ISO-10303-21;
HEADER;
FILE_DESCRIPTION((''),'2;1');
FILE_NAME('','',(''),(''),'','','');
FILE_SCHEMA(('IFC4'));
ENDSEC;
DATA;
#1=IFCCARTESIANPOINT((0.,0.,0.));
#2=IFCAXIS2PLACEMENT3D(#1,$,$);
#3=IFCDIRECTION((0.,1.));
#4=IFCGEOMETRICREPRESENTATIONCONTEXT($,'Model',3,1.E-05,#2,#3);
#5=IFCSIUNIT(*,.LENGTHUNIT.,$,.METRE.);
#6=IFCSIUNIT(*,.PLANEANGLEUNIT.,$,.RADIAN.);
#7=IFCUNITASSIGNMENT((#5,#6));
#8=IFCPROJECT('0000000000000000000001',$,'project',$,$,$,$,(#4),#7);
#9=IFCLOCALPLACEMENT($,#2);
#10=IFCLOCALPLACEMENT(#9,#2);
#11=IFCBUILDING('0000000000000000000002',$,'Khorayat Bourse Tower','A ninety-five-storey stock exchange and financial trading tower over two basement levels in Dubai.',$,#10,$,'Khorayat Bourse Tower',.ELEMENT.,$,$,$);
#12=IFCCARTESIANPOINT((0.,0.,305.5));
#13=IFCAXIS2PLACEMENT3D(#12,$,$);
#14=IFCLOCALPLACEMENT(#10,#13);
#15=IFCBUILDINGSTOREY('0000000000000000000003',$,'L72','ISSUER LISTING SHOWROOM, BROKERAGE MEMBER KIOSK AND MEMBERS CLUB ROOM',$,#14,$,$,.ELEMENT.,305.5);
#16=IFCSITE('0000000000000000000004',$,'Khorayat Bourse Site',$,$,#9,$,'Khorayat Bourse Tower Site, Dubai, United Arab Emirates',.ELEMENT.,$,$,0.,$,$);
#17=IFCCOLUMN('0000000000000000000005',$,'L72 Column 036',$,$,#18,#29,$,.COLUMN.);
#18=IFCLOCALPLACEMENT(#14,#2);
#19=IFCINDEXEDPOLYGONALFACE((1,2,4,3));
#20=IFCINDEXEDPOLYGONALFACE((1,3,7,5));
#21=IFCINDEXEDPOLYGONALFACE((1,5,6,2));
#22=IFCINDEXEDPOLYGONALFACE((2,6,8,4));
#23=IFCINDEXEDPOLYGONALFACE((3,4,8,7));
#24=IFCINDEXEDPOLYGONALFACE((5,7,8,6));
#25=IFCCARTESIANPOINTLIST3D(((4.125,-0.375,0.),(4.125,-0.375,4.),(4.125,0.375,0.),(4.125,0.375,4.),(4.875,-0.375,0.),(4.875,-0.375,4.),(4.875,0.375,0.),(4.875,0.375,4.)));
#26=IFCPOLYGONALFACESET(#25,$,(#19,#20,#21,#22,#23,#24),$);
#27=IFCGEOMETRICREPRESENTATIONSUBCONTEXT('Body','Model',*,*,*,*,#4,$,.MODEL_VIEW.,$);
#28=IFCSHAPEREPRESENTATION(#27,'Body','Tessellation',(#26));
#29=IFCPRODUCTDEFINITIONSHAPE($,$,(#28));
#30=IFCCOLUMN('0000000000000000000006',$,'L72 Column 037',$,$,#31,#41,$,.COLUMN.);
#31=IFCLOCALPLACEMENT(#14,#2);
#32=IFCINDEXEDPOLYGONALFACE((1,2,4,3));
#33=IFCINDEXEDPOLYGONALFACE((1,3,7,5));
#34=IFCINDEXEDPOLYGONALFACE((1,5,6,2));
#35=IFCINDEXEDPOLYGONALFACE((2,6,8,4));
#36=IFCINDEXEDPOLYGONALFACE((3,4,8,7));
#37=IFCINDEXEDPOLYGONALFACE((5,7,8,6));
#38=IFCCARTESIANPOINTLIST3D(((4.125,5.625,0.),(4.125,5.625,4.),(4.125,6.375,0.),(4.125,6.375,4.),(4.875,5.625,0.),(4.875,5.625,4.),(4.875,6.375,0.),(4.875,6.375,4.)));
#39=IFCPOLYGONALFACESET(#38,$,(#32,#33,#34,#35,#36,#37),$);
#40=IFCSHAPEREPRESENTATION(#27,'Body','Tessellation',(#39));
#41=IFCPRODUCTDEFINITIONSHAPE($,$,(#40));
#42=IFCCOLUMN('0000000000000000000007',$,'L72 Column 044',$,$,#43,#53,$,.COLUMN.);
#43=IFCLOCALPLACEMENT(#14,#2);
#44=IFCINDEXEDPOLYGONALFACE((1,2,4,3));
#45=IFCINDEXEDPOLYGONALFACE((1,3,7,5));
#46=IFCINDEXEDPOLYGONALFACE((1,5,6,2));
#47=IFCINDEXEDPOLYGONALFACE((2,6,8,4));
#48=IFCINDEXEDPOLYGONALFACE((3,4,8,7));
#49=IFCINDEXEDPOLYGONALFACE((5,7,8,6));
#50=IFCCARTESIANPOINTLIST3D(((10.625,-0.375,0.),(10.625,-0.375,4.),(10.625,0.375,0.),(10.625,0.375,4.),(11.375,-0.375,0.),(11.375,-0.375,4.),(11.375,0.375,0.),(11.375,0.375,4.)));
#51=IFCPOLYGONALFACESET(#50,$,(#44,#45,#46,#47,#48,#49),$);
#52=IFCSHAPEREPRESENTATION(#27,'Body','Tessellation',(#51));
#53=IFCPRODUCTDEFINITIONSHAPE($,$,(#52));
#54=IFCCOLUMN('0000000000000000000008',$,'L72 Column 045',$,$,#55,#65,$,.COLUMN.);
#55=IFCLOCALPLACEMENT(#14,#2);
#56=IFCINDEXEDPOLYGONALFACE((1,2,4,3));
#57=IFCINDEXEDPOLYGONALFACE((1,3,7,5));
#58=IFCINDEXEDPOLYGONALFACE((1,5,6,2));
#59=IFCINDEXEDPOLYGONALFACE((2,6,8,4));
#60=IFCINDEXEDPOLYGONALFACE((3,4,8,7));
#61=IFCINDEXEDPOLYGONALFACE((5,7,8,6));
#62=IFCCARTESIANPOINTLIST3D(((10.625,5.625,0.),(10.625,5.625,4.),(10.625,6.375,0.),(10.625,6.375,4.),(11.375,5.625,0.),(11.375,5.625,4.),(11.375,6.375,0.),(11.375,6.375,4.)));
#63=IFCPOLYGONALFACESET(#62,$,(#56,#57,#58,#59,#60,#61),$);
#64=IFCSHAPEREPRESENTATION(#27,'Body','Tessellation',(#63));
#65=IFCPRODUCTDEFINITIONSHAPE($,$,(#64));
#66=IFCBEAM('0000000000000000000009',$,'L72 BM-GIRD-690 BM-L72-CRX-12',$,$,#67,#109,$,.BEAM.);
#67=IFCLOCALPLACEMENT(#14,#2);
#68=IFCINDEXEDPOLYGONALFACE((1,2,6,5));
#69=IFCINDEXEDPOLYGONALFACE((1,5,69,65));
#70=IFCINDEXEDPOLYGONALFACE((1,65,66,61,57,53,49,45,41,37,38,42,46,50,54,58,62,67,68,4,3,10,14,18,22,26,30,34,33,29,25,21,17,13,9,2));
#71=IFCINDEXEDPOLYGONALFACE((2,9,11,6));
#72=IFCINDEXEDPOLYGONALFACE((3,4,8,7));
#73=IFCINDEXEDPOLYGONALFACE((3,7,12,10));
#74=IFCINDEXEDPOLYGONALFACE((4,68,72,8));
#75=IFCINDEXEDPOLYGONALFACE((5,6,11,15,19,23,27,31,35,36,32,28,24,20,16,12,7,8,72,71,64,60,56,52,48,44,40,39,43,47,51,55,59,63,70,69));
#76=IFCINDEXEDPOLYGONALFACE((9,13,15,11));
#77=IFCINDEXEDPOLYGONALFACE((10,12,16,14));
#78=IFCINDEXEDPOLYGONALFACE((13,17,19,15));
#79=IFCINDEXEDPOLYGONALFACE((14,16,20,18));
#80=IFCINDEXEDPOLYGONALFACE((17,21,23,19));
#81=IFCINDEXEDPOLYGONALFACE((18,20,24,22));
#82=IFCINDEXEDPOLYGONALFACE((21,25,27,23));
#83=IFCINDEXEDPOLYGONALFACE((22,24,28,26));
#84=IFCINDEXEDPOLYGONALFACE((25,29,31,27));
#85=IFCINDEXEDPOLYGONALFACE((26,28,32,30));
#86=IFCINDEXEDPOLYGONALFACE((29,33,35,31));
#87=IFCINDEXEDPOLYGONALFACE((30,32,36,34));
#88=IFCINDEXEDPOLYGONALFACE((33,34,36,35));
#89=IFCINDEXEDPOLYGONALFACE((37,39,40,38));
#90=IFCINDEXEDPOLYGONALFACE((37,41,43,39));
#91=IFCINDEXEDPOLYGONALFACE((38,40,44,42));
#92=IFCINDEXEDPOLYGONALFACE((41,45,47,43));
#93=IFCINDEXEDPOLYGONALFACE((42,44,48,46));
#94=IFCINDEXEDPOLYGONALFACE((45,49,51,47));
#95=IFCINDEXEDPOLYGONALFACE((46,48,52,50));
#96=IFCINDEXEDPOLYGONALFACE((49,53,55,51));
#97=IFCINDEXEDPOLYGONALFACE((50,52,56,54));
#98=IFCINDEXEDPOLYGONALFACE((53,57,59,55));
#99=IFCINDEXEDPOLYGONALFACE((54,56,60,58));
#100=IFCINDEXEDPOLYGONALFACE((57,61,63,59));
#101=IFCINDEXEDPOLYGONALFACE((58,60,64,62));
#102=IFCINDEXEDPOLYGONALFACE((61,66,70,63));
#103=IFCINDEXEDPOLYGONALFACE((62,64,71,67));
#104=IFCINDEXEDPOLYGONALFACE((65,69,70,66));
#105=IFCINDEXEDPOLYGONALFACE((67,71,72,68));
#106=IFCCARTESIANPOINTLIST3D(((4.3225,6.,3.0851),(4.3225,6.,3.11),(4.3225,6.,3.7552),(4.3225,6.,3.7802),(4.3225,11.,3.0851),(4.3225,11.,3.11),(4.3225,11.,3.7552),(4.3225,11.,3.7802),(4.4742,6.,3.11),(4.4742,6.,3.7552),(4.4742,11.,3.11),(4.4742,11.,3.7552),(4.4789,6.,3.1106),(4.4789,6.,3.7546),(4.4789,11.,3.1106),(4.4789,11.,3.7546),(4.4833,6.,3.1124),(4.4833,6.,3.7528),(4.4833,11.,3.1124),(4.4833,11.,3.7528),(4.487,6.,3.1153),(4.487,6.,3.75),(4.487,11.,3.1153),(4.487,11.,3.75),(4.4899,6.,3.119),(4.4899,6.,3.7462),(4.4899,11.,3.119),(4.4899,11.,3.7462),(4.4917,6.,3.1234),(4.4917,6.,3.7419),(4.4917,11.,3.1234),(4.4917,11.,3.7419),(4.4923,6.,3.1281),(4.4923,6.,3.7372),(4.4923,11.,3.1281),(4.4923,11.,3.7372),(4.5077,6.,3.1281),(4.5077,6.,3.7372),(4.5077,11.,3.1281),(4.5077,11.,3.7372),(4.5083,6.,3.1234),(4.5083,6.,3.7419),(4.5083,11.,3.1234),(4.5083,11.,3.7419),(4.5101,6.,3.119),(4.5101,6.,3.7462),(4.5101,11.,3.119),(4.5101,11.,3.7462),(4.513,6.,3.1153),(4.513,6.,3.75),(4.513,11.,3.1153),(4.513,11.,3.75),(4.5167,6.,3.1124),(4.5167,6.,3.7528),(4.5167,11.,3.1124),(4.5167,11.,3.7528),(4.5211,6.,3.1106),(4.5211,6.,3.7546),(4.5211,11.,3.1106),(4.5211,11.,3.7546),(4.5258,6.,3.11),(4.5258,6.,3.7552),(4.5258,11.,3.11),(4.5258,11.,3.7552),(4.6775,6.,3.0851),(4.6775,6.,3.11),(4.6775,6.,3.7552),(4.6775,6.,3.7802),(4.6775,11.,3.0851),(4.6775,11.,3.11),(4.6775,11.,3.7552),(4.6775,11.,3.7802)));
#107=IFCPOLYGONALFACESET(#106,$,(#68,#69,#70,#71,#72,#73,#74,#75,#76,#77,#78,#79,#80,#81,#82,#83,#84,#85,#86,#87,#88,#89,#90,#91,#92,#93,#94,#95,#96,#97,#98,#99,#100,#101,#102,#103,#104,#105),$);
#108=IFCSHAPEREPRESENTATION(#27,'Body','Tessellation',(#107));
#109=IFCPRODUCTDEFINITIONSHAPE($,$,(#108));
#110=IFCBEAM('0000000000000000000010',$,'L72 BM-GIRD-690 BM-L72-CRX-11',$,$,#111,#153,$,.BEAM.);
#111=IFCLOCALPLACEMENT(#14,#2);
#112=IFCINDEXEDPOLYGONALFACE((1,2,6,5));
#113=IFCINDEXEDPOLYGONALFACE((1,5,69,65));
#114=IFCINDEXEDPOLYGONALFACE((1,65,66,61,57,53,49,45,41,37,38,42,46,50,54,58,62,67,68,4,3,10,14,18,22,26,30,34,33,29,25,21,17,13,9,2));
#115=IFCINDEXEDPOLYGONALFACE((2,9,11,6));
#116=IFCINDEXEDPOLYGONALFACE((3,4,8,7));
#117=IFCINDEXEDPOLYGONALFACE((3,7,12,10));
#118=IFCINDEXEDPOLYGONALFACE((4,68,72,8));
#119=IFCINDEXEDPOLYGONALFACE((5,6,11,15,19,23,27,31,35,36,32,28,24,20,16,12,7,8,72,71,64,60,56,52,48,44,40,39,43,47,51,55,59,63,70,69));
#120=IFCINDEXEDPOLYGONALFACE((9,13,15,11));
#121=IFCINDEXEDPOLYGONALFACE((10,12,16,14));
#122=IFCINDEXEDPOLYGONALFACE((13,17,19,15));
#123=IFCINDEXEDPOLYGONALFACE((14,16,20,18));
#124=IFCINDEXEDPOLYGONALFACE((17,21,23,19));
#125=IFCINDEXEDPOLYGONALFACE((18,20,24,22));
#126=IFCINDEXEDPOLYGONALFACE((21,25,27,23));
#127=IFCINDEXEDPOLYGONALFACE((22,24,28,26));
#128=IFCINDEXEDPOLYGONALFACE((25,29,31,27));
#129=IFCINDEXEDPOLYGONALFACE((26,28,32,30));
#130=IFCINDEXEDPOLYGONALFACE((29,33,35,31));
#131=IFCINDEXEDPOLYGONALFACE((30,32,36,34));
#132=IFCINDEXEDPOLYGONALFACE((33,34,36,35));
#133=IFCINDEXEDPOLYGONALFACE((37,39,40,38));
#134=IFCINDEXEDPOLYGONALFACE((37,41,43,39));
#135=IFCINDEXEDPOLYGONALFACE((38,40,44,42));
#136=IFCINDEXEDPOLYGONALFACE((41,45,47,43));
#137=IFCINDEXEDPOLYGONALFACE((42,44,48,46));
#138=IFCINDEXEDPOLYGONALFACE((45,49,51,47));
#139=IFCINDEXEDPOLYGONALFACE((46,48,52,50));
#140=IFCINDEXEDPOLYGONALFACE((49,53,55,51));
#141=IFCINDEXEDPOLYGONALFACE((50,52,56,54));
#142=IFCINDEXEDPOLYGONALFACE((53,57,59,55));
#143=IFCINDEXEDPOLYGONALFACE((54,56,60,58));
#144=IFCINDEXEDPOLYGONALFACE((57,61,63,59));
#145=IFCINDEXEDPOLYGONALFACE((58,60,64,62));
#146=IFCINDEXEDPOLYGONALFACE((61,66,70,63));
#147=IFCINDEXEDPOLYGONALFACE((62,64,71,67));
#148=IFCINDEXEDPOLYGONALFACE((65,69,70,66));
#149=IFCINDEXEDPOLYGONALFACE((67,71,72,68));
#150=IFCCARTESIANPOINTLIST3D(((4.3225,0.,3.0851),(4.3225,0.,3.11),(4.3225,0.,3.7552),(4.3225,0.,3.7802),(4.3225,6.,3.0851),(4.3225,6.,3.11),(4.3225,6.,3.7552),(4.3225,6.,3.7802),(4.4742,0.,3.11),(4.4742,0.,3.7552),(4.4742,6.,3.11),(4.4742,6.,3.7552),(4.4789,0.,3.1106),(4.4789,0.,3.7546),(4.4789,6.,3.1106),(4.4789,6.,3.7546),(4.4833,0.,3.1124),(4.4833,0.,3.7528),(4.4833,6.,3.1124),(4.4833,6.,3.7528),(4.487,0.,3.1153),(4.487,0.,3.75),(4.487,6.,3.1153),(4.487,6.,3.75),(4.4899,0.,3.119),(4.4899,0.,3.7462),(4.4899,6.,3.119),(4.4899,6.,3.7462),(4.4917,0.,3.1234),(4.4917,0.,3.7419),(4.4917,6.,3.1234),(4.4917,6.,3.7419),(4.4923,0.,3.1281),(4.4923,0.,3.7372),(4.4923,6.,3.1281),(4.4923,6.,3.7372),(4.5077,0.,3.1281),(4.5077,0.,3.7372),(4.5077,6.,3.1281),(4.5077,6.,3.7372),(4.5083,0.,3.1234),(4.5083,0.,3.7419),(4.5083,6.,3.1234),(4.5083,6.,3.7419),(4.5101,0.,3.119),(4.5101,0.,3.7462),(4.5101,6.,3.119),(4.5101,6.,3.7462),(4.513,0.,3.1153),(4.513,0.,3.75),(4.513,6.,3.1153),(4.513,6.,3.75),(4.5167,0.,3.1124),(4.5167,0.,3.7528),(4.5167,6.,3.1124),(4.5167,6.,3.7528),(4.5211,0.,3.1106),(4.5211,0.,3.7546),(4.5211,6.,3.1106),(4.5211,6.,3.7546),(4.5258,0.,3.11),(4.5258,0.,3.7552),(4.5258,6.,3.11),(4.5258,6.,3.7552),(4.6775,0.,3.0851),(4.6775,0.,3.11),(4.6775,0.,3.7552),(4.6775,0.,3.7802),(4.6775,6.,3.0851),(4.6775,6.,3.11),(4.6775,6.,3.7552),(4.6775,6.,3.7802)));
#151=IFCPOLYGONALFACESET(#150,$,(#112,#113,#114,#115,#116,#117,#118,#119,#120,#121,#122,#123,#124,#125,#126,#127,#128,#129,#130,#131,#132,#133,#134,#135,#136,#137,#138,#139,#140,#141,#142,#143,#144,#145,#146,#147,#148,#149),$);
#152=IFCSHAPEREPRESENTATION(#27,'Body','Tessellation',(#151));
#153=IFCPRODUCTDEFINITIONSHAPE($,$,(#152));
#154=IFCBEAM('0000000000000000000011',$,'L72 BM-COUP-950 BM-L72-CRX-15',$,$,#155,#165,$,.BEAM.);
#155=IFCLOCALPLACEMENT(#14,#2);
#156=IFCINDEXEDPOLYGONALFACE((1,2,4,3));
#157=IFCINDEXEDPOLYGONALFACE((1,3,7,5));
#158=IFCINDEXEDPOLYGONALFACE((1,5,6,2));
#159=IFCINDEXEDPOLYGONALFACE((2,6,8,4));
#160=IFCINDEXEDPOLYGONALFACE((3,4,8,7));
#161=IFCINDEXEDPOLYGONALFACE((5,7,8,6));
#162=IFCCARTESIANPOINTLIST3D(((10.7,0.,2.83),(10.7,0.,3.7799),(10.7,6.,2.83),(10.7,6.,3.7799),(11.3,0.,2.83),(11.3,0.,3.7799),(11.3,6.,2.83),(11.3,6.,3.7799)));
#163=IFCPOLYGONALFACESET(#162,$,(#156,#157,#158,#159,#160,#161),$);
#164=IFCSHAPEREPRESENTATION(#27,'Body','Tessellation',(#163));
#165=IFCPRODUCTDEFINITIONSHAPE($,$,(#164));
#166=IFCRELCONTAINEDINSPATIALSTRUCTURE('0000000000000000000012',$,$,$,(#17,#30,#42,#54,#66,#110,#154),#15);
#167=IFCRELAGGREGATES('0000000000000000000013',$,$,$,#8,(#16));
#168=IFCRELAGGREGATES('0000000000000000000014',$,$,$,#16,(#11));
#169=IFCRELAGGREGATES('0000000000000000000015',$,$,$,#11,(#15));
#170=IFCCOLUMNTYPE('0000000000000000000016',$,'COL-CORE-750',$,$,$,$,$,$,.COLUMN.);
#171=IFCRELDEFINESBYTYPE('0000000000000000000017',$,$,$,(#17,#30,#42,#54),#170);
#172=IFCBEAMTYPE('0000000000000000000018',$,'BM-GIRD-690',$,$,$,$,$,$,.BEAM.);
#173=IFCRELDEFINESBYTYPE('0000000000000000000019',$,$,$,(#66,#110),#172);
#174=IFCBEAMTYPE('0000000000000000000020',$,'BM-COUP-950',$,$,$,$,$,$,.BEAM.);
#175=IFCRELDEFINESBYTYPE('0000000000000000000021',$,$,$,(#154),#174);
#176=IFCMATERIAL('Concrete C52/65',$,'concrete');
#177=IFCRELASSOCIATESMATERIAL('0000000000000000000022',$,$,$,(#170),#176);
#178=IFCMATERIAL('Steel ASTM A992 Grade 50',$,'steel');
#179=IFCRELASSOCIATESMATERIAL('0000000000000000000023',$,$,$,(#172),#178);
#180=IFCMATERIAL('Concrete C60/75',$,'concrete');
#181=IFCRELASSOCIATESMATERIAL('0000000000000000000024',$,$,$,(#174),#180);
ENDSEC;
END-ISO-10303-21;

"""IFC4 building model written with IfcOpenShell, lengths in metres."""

from ifc_helpers import new_model, si_unit, direction, frame, origin, origin_2d, place, context, subcontext, project, spatial, rectangle, i_section, extrude, source, transform, mapped, material, material_profile, profile_set, type_object, element, save


model = new_model("IFC4")

# Units and contexts
model_context = context("Model", 3, precision=1e-05, world=origin(), true_north=direction((0.0, 1.0)))
body_context = subcontext(model_context, "Body", "Model", "MODEL_VIEW")
ifc_project = project(units=[si_unit("LENGTHUNIT", "METRE"), si_unit("PLANEANGLEUNIT", "RADIAN")], contexts=[model_context])

# Site, building, storey
site_placement = place(None, origin())
site = spatial("IfcSite", under=ifc_project, at=site_placement, Name="Khorayat Bourse Site", LongName="Khorayat Bourse Tower Site, Dubai, United Arab Emirates", CompositionType="ELEMENT", RefElevation=0.0)
building_placement = place(site_placement, origin())
building = spatial("IfcBuilding", under=site, at=building_placement, Name="Khorayat Bourse Tower", Description="A ninety-five-storey stock exchange and financial trading tower over two basement levels in Dubai.", LongName="Khorayat Bourse Tower", CompositionType="ELEMENT")
storey_placement = place(building_placement, frame((0.0, 0.0, 305.5)))
storey = spatial("IfcBuildingStorey", under=building, at=storey_placement, Name="L72", Description="ISSUER LISTING SHOWROOM, BROKERAGE MEMBER KIOSK AND MEMBERS CLUB ROOM", CompositionType="ELEMENT", Elevation=305.5)

# Columns
ifc_material_1 = material(Name="Concrete C52/65", Category="concrete")
ifc_material_profile_1 = material_profile(ifc_material_1, rectangle(XDim=0.75, YDim=0.75, at=origin_2d()), Name="RC 750x750")
ifc_profile_set_1 = profile_set([ifc_material_profile_1], Name="Concrete C52/65")
column_type = type_object("IfcColumnType", Name="COL-CORE-750", PredefinedType="COLUMN", material=ifc_profile_set_1)
shared_shape_1 = source(origin(), body_context, "Body", "SweptSolid", [
    extrude(rectangle(XDim=0.75, YDim=0.75, at=origin_2d()), origin(), (0.0, 0.0, 1.0), 4.0),
])
for number, where, z_axis, x_axis, name in (
    (1, (4.5, 0.0, 0.0), (0.0, 0.0, 1.0), (1.0, 0.0, 0.0), "L72 Column 036"),
    (2, (4.5, 6.0, 0.0), (0.0, 0.0, 1.0), (1.0, 0.0, 0.0), "L72 Column 037"),
    (3, (11.0, 0.0, 0.0), (0.0, 0.0, 1.0), (1.0, 0.0, 0.0), "L72 Column 044"),
    (4, (11.0, 6.0, 0.0), (0.0, 0.0, 1.0), (1.0, 0.0, 0.0), "L72 Column 045"),
):
    element("IfcColumn", number, at=place(storey_placement, frame(where, z_axis=z_axis, x_axis=x_axis)), inside=storey, type_object=column_type, Name=name, PredefinedType="COLUMN", context=body_context, shape_type="MappedRepresentation", body=[
        mapped(shared_shape_1, transform((0.0, 0.0, 0.0), scale=1.0)),
    ])

# Beams
ifc_material_2 = material(Name="Steel ASTM A992 Grade 50", Category="steel")
ifc_material_profile_2 = material_profile(ifc_material_2, i_section(OverallWidth=0.355, OverallDepth=0.6951, WebThickness=0.0154, FlangeThickness=0.0249, FilletRadius=0.0181, at=origin_2d()), Name="W690X217")
ifc_profile_set_2 = profile_set([ifc_material_profile_2], Name="Steel ASTM A992 Grade 50")
beam_type_1 = type_object("IfcBeamType", Name="BM-GIRD-690", PredefinedType="BEAM", material=ifc_profile_set_2)
shared_shape_2 = source(origin(), body_context, "Body", "SweptSolid", [
    extrude(i_section(OverallWidth=0.355, OverallDepth=0.6951, WebThickness=0.0154, FlangeThickness=0.0249, FilletRadius=0.0181, at=origin_2d()), origin(), (0.0, 0.0, 1.0), 5.0),
])
beam_1_placement = place(storey_placement, frame((4.5, 6.0, 3.4326), z_axis=(0.0, 1.0, 0.0), x_axis=(-1.0, 0.0, 0.0)))
element("IfcBeam", 5, at=beam_1_placement, inside=storey, type_object=beam_type_1, Name="L72 BM-GIRD-690 BM-L72-CRX-12", PredefinedType="BEAM", context=body_context, shape_type="MappedRepresentation", body=[
    mapped(shared_shape_2, transform((0.0, 0.0, 0.0), scale=1.0)),
])
shared_shape_3 = source(origin(), body_context, "Body", "SweptSolid", [
    extrude(i_section(OverallWidth=0.355, OverallDepth=0.6951, WebThickness=0.0154, FlangeThickness=0.0249, FilletRadius=0.0181, at=origin_2d()), origin(), (0.0, 0.0, 1.0), 6.0),
])
beam_2_placement = place(storey_placement, frame((4.5, 0.0, 3.4326), z_axis=(0.0, 1.0, 0.0), x_axis=(-1.0, 0.0, 0.0)))
element("IfcBeam", 6, at=beam_2_placement, inside=storey, type_object=beam_type_1, Name="L72 BM-GIRD-690 BM-L72-CRX-11", PredefinedType="BEAM", context=body_context, shape_type="MappedRepresentation", body=[
    mapped(shared_shape_3, transform((0.0, 0.0, 0.0), scale=1.0)),
])
ifc_material_3 = material(Name="Concrete C60/75", Category="concrete")
ifc_material_profile_3 = material_profile(ifc_material_3, rectangle(XDim=0.6001, YDim=0.95, at=origin_2d()), Name="RC 600x950")
ifc_profile_set_3 = profile_set([ifc_material_profile_3], Name="Concrete C60/75")
beam_type_2 = type_object("IfcBeamType", Name="BM-COUP-950", PredefinedType="BEAM", material=ifc_profile_set_3)
shared_shape_4 = source(origin(), body_context, "Body", "SweptSolid", [
    extrude(rectangle(XDim=0.6001, YDim=0.95, at=origin_2d()), origin(), (0.0, 0.0, 1.0), 6.0),
])
beam_3_placement = place(storey_placement, frame((11.0, 0.0, 3.3049), z_axis=(0.0, 1.0, 0.0), x_axis=(-1.0, 0.0, 0.0)))
element("IfcBeam", 7, at=beam_3_placement, inside=storey, type_object=beam_type_2, Name="L72 BM-COUP-950 BM-L72-CRX-15", PredefinedType="BEAM", context=body_context, shape_type="MappedRepresentation", body=[
    mapped(shared_shape_4, transform((0.0, 0.0, 0.0), scale=1.0)),
])

save(model, "model.ifc")
